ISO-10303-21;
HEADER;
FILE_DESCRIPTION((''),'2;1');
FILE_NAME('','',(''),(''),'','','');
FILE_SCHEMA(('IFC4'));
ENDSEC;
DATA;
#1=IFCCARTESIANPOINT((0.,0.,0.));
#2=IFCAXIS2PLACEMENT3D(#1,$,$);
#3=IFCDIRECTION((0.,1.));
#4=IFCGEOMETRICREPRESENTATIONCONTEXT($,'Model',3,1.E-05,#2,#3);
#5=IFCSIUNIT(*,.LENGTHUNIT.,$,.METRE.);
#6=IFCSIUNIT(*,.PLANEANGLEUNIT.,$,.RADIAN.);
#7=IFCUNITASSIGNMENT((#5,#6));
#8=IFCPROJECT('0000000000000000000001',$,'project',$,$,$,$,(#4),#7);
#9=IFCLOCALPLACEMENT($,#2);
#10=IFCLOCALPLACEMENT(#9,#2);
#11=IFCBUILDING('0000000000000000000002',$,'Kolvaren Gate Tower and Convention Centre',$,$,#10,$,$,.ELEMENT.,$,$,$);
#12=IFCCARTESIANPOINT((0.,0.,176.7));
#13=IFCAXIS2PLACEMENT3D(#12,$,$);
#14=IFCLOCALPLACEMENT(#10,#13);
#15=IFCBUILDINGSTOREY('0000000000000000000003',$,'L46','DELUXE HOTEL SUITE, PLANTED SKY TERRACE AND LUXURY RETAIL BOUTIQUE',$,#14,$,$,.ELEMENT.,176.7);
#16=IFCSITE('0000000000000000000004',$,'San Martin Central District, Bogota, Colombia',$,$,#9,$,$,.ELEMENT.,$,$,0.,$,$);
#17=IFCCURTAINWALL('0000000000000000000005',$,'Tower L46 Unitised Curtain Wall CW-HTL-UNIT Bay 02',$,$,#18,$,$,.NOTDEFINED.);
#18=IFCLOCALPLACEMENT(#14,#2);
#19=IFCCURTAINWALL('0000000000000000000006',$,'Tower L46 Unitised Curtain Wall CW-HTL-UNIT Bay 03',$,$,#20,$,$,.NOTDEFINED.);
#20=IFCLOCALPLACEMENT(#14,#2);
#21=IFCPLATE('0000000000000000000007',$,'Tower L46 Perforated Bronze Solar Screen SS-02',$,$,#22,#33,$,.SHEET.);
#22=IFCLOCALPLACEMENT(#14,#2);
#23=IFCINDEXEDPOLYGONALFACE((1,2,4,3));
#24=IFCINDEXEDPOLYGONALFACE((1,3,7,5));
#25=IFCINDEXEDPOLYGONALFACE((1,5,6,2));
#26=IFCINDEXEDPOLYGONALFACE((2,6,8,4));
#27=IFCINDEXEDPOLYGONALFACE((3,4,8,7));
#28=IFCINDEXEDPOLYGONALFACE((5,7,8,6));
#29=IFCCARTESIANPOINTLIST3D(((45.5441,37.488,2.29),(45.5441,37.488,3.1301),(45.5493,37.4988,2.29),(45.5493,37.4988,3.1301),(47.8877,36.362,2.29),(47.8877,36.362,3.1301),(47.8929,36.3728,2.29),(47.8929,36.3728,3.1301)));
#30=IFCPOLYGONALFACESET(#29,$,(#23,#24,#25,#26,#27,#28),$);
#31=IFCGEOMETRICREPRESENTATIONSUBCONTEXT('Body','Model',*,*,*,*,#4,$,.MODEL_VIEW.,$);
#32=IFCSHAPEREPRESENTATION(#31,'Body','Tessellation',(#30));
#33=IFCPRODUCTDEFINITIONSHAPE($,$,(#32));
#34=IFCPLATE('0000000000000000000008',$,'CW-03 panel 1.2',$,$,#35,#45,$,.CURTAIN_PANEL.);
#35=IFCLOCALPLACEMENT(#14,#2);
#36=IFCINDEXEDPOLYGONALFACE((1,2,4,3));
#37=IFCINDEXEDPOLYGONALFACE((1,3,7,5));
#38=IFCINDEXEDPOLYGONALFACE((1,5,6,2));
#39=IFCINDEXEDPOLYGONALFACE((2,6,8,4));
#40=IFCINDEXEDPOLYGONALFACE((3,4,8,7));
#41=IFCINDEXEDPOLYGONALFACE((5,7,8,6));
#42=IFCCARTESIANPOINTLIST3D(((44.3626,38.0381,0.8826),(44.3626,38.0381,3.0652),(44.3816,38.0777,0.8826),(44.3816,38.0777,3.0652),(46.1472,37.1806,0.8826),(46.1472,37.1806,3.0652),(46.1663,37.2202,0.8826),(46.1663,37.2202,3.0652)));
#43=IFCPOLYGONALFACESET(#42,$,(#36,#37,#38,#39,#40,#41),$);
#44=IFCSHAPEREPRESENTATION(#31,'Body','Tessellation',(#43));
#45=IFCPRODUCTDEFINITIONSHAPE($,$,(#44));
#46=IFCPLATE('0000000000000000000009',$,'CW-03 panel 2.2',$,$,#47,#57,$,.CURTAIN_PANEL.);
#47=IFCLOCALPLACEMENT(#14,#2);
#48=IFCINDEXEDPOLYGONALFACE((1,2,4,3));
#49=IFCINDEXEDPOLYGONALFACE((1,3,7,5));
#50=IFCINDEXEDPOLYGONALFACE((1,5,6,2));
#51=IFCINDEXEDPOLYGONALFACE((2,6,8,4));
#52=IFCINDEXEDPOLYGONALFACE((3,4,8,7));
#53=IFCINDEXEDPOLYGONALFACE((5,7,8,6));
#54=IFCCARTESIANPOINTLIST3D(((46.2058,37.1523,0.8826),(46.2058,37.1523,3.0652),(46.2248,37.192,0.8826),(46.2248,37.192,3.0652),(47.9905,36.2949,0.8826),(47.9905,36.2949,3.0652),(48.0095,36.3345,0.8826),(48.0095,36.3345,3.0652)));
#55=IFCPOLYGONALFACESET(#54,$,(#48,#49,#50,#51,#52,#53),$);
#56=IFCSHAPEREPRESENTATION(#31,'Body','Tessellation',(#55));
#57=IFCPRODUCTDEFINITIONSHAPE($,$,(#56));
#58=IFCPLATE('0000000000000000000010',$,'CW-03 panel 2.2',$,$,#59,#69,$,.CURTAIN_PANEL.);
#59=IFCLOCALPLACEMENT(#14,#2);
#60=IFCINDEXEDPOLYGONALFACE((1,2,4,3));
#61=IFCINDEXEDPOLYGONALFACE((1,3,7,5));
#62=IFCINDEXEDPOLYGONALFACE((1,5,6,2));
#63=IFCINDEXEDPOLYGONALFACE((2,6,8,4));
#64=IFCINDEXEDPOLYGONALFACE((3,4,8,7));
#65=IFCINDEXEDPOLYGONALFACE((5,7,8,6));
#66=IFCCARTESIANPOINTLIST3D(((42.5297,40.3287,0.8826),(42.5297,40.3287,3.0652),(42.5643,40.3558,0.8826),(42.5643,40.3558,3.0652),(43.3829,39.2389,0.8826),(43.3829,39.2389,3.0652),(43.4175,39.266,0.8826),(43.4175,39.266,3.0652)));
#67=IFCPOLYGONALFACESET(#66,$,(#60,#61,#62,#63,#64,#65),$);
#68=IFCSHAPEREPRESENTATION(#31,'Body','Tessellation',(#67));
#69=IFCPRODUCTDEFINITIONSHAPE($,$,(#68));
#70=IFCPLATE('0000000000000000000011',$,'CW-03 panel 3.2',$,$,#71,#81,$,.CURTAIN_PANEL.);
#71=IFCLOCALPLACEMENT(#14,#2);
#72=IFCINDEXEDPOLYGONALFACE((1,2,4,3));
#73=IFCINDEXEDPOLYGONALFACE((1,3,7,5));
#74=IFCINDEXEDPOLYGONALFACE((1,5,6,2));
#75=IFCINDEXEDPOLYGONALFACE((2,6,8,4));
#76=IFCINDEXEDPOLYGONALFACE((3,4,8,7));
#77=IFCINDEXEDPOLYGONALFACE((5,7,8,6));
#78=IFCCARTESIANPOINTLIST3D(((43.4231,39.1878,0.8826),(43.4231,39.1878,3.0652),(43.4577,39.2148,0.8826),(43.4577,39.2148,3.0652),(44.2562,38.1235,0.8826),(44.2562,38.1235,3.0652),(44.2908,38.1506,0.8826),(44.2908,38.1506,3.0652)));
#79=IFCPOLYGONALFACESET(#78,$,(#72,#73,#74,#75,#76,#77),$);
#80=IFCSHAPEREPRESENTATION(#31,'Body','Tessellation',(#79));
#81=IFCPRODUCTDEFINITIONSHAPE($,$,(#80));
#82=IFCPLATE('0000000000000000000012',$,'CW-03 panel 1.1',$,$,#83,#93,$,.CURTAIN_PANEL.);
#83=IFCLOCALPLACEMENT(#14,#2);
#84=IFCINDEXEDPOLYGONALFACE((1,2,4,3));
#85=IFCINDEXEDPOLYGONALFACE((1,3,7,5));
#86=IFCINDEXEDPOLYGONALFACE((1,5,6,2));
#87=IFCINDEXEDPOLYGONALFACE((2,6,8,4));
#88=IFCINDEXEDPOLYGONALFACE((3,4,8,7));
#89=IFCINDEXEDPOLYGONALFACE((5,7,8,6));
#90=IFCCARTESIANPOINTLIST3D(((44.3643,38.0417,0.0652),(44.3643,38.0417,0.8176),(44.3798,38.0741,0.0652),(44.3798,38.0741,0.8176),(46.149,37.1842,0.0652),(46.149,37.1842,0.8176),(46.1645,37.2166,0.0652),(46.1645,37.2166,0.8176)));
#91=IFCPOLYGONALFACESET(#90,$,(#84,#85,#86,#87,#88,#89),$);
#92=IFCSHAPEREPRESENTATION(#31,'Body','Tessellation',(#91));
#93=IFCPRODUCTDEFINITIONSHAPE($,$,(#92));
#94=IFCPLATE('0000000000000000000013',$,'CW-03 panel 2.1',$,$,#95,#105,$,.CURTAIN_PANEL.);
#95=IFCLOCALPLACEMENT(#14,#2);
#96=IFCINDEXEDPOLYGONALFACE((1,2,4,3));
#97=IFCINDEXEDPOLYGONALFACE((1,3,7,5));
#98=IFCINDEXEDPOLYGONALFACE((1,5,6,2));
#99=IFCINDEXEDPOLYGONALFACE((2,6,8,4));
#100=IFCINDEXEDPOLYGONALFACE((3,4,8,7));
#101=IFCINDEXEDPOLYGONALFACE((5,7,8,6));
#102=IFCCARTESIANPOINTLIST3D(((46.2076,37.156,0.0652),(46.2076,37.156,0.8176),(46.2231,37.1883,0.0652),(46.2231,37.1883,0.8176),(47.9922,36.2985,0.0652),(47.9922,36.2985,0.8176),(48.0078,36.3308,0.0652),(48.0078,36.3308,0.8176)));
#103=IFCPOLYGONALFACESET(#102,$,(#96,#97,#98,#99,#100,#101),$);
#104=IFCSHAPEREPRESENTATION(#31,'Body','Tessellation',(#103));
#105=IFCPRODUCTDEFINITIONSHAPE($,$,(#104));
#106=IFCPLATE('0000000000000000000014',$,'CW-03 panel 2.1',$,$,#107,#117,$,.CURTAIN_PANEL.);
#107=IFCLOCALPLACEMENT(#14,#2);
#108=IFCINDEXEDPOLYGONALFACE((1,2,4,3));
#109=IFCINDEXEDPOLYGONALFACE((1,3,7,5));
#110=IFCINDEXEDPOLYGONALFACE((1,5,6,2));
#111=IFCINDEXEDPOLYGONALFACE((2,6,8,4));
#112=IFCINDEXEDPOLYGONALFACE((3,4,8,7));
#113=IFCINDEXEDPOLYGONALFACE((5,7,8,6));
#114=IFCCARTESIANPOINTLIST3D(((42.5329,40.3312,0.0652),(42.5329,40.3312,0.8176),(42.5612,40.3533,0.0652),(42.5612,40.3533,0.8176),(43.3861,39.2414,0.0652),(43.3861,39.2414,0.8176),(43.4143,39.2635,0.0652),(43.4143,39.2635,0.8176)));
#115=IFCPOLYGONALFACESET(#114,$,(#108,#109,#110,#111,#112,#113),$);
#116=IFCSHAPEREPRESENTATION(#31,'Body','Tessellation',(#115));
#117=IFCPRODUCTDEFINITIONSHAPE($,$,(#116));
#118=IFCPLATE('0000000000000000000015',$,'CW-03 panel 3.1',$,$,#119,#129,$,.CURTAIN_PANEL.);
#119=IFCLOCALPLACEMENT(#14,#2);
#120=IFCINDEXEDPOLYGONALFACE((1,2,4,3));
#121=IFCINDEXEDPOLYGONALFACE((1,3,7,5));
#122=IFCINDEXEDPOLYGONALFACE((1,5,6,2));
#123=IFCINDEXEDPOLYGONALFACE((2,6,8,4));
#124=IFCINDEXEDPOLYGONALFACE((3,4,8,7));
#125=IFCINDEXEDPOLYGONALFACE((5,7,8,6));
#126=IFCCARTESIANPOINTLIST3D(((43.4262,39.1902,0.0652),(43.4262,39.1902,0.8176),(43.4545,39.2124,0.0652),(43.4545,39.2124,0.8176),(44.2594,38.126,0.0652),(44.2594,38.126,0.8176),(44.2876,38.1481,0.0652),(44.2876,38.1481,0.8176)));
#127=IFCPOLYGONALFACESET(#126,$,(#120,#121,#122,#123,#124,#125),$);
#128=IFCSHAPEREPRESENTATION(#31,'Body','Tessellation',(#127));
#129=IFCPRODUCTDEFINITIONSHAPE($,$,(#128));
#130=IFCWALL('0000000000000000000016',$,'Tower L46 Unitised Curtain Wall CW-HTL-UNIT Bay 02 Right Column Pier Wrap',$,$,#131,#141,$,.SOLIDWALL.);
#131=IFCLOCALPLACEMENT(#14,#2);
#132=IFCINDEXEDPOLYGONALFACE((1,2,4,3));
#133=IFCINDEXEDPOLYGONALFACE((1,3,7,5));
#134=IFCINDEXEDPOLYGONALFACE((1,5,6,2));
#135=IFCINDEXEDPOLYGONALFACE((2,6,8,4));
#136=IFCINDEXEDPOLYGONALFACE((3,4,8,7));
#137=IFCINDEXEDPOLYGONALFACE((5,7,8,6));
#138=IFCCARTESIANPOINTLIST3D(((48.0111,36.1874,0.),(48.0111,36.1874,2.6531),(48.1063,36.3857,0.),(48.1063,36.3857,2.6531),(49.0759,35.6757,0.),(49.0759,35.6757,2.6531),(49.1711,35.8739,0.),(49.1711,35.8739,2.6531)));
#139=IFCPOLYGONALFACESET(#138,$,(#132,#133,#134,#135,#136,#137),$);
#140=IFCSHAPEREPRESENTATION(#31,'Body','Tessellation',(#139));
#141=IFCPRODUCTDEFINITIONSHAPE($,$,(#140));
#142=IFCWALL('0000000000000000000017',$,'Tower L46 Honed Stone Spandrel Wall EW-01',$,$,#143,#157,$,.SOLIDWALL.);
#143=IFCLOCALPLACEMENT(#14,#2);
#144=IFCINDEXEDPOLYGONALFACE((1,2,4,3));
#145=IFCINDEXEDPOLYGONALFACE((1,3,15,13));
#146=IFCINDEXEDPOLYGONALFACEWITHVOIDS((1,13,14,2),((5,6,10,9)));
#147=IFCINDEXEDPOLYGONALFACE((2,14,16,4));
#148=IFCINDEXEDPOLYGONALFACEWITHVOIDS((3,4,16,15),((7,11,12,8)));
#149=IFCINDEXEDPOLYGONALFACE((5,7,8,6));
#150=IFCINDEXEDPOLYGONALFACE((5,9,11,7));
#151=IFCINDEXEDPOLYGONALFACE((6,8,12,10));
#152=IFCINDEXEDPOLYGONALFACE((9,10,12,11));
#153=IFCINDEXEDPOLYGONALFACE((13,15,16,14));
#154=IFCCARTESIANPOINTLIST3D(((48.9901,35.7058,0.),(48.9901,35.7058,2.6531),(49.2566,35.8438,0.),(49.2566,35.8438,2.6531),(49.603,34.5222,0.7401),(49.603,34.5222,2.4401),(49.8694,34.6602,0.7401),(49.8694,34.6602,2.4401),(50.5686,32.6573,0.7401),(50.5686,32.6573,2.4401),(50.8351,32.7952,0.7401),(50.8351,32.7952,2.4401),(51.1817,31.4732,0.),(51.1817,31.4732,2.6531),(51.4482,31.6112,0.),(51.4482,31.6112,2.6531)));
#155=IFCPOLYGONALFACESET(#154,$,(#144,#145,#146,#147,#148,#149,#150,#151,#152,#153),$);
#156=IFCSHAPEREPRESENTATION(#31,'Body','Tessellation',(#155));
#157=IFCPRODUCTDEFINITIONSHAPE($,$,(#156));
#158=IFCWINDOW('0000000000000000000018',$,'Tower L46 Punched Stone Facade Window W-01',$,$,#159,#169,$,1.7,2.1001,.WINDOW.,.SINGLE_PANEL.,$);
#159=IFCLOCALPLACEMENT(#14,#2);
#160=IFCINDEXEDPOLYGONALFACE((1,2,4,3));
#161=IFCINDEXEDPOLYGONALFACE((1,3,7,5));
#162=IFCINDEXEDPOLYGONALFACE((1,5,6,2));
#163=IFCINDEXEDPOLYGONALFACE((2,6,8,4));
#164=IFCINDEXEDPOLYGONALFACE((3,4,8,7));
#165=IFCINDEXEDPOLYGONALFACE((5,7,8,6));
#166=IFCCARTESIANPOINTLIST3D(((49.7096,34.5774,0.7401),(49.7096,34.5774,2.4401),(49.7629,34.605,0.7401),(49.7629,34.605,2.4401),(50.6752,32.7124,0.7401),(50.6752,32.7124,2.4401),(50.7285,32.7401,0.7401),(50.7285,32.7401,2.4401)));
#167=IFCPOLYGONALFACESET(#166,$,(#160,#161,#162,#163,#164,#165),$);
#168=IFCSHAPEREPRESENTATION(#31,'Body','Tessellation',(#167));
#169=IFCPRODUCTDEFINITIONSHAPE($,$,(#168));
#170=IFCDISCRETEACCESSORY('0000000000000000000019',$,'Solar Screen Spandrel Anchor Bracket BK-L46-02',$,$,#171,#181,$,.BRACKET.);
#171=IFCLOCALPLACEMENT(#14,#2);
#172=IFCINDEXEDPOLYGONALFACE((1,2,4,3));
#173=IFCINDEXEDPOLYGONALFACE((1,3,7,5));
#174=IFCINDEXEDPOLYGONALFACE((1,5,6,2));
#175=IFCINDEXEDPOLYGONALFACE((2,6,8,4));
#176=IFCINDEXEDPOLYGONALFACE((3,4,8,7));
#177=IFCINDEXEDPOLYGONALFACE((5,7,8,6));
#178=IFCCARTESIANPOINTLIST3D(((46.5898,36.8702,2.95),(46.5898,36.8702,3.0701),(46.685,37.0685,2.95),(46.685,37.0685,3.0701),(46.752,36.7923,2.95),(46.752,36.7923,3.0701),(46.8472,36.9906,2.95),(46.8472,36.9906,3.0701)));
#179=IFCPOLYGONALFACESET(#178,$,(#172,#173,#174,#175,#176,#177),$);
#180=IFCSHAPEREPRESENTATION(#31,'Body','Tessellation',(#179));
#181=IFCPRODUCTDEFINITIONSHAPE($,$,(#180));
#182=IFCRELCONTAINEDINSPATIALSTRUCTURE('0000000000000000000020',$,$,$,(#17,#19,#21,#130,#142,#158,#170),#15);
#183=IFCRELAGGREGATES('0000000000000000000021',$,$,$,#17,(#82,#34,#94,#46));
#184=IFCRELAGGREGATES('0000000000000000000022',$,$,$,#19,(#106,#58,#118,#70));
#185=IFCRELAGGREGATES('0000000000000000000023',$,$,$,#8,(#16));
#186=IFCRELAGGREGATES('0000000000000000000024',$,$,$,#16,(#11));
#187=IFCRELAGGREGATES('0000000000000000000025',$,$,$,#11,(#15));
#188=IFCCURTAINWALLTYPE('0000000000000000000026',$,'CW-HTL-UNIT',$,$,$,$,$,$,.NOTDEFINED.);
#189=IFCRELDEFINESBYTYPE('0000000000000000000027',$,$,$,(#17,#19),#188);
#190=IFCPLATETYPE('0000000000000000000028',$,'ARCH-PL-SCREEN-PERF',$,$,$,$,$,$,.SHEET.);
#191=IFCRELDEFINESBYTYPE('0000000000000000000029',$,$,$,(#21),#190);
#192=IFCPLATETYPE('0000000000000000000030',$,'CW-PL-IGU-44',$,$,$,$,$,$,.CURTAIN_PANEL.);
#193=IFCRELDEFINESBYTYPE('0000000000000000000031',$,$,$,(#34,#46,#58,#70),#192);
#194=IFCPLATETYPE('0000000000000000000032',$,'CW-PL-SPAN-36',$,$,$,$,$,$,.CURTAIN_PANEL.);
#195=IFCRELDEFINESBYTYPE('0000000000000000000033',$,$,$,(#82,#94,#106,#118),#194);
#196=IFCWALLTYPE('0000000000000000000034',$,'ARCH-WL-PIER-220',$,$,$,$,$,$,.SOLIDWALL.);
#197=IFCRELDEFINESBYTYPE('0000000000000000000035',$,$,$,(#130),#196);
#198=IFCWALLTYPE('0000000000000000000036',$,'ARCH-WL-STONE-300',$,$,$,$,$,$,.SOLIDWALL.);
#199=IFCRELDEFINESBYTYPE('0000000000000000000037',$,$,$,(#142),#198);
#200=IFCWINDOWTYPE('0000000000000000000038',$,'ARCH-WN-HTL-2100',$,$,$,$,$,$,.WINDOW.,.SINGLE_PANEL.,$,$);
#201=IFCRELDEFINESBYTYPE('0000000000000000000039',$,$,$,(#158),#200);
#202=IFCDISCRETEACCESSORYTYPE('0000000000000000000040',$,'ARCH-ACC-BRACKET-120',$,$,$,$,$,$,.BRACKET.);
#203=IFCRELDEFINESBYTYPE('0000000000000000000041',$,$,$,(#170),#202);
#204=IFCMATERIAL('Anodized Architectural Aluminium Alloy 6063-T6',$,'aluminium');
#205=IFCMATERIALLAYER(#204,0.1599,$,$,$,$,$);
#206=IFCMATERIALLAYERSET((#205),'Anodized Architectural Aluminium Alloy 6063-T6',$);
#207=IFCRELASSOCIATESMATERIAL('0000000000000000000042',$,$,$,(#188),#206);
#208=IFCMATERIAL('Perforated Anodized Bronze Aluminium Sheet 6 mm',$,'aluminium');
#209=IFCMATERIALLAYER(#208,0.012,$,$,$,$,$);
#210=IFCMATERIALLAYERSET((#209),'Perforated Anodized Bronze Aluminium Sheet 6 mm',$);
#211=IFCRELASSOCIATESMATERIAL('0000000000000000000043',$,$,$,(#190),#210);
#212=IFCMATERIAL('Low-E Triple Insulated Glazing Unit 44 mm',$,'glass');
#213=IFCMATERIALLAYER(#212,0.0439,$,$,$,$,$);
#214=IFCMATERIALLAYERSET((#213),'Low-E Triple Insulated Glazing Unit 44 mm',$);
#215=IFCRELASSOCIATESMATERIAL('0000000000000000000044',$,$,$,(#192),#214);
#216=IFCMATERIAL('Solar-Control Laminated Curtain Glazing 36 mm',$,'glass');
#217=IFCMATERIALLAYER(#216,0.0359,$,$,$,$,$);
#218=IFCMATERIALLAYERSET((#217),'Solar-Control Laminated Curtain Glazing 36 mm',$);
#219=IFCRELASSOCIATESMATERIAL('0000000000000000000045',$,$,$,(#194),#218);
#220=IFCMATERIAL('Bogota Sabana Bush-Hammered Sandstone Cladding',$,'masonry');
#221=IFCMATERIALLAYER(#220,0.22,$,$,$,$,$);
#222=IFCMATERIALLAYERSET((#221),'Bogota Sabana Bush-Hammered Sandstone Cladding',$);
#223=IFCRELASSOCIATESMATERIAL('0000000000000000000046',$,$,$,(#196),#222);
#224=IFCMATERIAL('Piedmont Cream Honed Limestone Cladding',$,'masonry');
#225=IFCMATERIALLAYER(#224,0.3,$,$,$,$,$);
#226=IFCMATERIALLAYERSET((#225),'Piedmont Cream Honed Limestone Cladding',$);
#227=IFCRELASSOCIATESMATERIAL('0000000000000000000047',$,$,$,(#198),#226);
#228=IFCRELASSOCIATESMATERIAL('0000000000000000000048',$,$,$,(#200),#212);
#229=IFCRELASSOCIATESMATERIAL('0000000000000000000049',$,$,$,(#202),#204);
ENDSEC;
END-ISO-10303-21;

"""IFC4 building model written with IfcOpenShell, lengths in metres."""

from ifc_helpers import new_model, si_unit, direction, frame, frame_2d, origin, origin_2d, place, context, subcontext, project, spatial, rectangle, extrude, material, layer, layer_set, type_object, element, fill, aggregate, save


model = new_model("IFC4")

# Units and contexts
model_context = context("Model", 3, precision=1e-05, world=origin(), true_north=direction((0.0, 1.0)))
body_context = subcontext(model_context, "Body", "Model", "MODEL_VIEW")
ifc_project = project(units=[si_unit("LENGTHUNIT", "METRE"), si_unit("PLANEANGLEUNIT", "RADIAN")], contexts=[model_context])

# Site, building, storey
site_placement = place(None, origin())
site = spatial("IfcSite", under=ifc_project, at=site_placement, Name="San Martin Central District, Bogota, Colombia", CompositionType="ELEMENT", RefElevation=0.0)
building_placement = place(site_placement, origin())
building = spatial("IfcBuilding", under=site, at=building_placement, Name="Kolvaren Gate Tower and Convention Centre", CompositionType="ELEMENT")
storey_placement = place(building_placement, frame((0.0, 0.0, 176.7)))
storey = spatial("IfcBuildingStorey", under=building, at=storey_placement, Name="L46", Description="DELUXE HOTEL SUITE, PLANTED SKY TERRACE AND LUXURY RETAIL BOUTIQUE", CompositionType="ELEMENT", Elevation=176.7)

# Curtain walls
ifc_material_1 = material(Name="Anodized Architectural Aluminium Alloy 6063-T6", Category="aluminium")
ifc_layer_1 = layer(ifc_material_1, 0.1599)
ifc_layer_set_1 = layer_set([ifc_layer_1], Name="Anodized Architectural Aluminium Alloy 6063-T6")
curtain_wall_type = type_object("IfcCurtainWallType", Name="CW-HTL-UNIT", PredefinedType="NOTDEFINED", material=ifc_layer_set_1)
curtain_wall_1_placement = place(storey_placement, origin())
curtain_wall_1 = element("IfcCurtainWall", 1, at=curtain_wall_1_placement, inside=storey, type_object=curtain_wall_type, Name="Tower L46 Unitised Curtain Wall CW-HTL-UNIT Bay 02", PredefinedType="NOTDEFINED")
curtain_wall_2_placement = place(storey_placement, origin())
curtain_wall_2 = element("IfcCurtainWall", 2, at=curtain_wall_2_placement, inside=storey, type_object=curtain_wall_type, Name="Tower L46 Unitised Curtain Wall CW-HTL-UNIT Bay 03", PredefinedType="NOTDEFINED")

# Plates
ifc_material_2 = material(Name="Perforated Anodized Bronze Aluminium Sheet 6 mm", Category="aluminium")
ifc_layer_2 = layer(ifc_material_2, 0.012)
ifc_layer_set_2 = layer_set([ifc_layer_2], Name="Perforated Anodized Bronze Aluminium Sheet 6 mm")
plate_type_1 = type_object("IfcPlateType", Name="ARCH-PL-SCREEN-PERF", PredefinedType="SHEET", material=ifc_layer_set_2)
plate_1_placement = place(storey_placement, frame((46.7185, 36.9304, 2.29), z_axis=(0.0, 0.0, 1.0), x_axis=(0.901358, -0.433074, 0.0)))
element("IfcPlate", 3, at=plate_1_placement, inside=storey, type_object=plate_type_1, Name="Tower L46 Perforated Bronze Solar Screen SS-02", PredefinedType="SHEET", context=body_context, shape_type="SweptSolid", body=[
    extrude(rectangle(XDim=2.6001, YDim=0.012, at=origin_2d()), origin(), (0.0, 0.0, 1.0), 0.8401),
])
ifc_material_3 = material(Name="Low-E Triple Insulated Glazing Unit 44 mm", Category="glass")
ifc_layer_3 = layer(ifc_material_3, 0.0439)
ifc_layer_set_3 = layer_set([ifc_layer_3], Name="Low-E Triple Insulated Glazing Unit 44 mm")
plate_type_2 = type_object("IfcPlateType", Name="CW-PL-IGU-44", PredefinedType="CURTAIN_PANEL", material=ifc_layer_set_3)
plate_2_placement = place(storey_placement, frame((45.2644, 37.6292, 0.8826), z_axis=(0.0, 0.0, 1.0), x_axis=(0.901358, -0.433074, 0.0)))
plate_2 = element("IfcPlate", 4, at=plate_2_placement, type_object=plate_type_2, Name="CW-03 panel 1.2", PredefinedType="CURTAIN_PANEL", context=body_context, shape_type="SweptSolid", body=[
    extrude(rectangle(XDim=1.98, YDim=0.0439, at=origin_2d()), origin(), (0.0, 0.0, 1.0), 2.1826),
])
plate_3_placement = place(storey_placement, frame((47.1077, 36.7434, 0.8826), z_axis=(0.0, 0.0, 1.0), x_axis=(0.901358, -0.433074, 0.0)))
plate_3 = element("IfcPlate", 5, at=plate_3_placement, type_object=plate_type_2, Name="CW-03 panel 2.2", PredefinedType="CURTAIN_PANEL", context=body_context, shape_type="SweptSolid", body=[
    extrude(rectangle(XDim=1.98, YDim=0.0439, at=origin_2d()), origin(), (0.0, 0.0, 1.0), 2.1826),
])
plate_4_placement = place(storey_placement, frame((42.9736, 39.7974, 0.8826), z_axis=(0.0, 0.0, 1.0), x_axis=(0.616438, -0.787404, 0.0)))
plate_4 = element("IfcPlate", 6, at=plate_4_placement, type_object=plate_type_2, Name="CW-03 panel 2.2", PredefinedType="CURTAIN_PANEL", context=body_context, shape_type="SweptSolid", body=[
    extrude(rectangle(XDim=1.384, YDim=0.0439, at=origin_2d()), origin(), (0.0, 0.0, 1.0), 2.1826),
])
plate_5_placement = place(storey_placement, frame((43.8569, 38.6692, 0.8826), z_axis=(0.0, 0.0, 1.0), x_axis=(0.616438, -0.787404, 0.0)))
plate_5 = element("IfcPlate", 7, at=plate_5_placement, type_object=plate_type_2, Name="CW-03 panel 3.2", PredefinedType="CURTAIN_PANEL", context=body_context, shape_type="SweptSolid", body=[
    extrude(rectangle(XDim=1.3516, YDim=0.0439, at=origin_2d()), origin(), (0.0, 0.0, 1.0), 2.1826),
])
ifc_material_4 = material(Name="Solar-Control Laminated Curtain Glazing 36 mm", Category="glass")
ifc_layer_4 = layer(ifc_material_4, 0.0359)
ifc_layer_set_4 = layer_set([ifc_layer_4], Name="Solar-Control Laminated Curtain Glazing 36 mm")
plate_type_3 = type_object("IfcPlateType", Name="CW-PL-SPAN-36", PredefinedType="CURTAIN_PANEL", material=ifc_layer_set_4)
plate_6_placement = place(storey_placement, frame((45.2644, 37.6292, 0.0652), z_axis=(0.0, 0.0, 1.0), x_axis=(0.901358, -0.433074, 0.0)))
plate_6 = element("IfcPlate", 8, at=plate_6_placement, type_object=plate_type_3, Name="CW-03 panel 1.1", PredefinedType="CURTAIN_PANEL", context=body_context, shape_type="SweptSolid", body=[
    extrude(rectangle(XDim=1.98, YDim=0.0359, at=origin_2d()), origin(), (0.0, 0.0, 1.0), 0.7524),
])
plate_7_placement = place(storey_placement, frame((47.1077, 36.7434, 0.0652), z_axis=(0.0, 0.0, 1.0), x_axis=(0.901358, -0.433074, 0.0)))
plate_7 = element("IfcPlate", 9, at=plate_7_placement, type_object=plate_type_3, Name="CW-03 panel 2.1", PredefinedType="CURTAIN_PANEL", context=body_context, shape_type="SweptSolid", body=[
    extrude(rectangle(XDim=1.98, YDim=0.0359, at=origin_2d()), origin(), (0.0, 0.0, 1.0), 0.7524),
])
aggregate(curtain_wall_1, [plate_6, plate_2, plate_7, plate_3])
plate_8_placement = place(storey_placement, frame((42.9736, 39.7974, 0.0652), z_axis=(0.0, 0.0, 1.0), x_axis=(0.616438, -0.787404, 0.0)))
plate_8 = element("IfcPlate", 10, at=plate_8_placement, type_object=plate_type_3, Name="CW-03 panel 2.1", PredefinedType="CURTAIN_PANEL", context=body_context, shape_type="SweptSolid", body=[
    extrude(rectangle(XDim=1.384, YDim=0.0359, at=origin_2d()), origin(), (0.0, 0.0, 1.0), 0.7524),
])
plate_9_placement = place(storey_placement, frame((43.8569, 38.6692, 0.0652), z_axis=(0.0, 0.0, 1.0), x_axis=(0.616438, -0.787404, 0.0)))
plate_9 = element("IfcPlate", 11, at=plate_9_placement, type_object=plate_type_3, Name="CW-03 panel 3.1", PredefinedType="CURTAIN_PANEL", context=body_context, shape_type="SweptSolid", body=[
    extrude(rectangle(XDim=1.3516, YDim=0.0359, at=origin_2d()), origin(), (0.0, 0.0, 1.0), 0.7524),
])
aggregate(curtain_wall_2, [plate_8, plate_4, plate_9, plate_5])

# Wall
ifc_material_5 = material(Name="Bogota Sabana Bush-Hammered Sandstone Cladding", Category="masonry")
ifc_layer_5 = layer(ifc_material_5, 0.22)
ifc_layer_set_5 = layer_set([ifc_layer_5], Name="Bogota Sabana Bush-Hammered Sandstone Cladding")
wall_type_1 = type_object("IfcWallType", Name="ARCH-WL-PIER-220", PredefinedType="SOLIDWALL", material=ifc_layer_set_5)
wall_1_placement = place(storey_placement, frame((48.0586, 36.2866, 0.0), z_axis=(0.0, 0.0, 1.0), x_axis=(0.901304, -0.433188, 0.0)))
element("IfcWall", 12, at=wall_1_placement, inside=storey, type_object=wall_type_1, Name="Tower L46 Unitised Curtain Wall CW-HTL-UNIT Bay 02 Right Column Pier Wrap", PredefinedType="SOLIDWALL", context=body_context, shape_type="SweptSolid", body=[
    extrude(rectangle(XDim=1.1814, YDim=0.22, at=frame_2d((0.5908, 0.0))), origin(), (0.0, 0.0, 1.0), 2.6531),
])

# Wall, opening, window
ifc_material_6 = material(Name="Piedmont Cream Honed Limestone Cladding", Category="masonry")
ifc_layer_6 = layer(ifc_material_6, 0.3)
ifc_layer_set_6 = layer_set([ifc_layer_6], Name="Piedmont Cream Honed Limestone Cladding")
wall_type_2 = type_object("IfcWallType", Name="ARCH-WL-STONE-300", PredefinedType="SOLIDWALL", material=ifc_layer_set_6)
wall_2_placement = place(storey_placement, frame((49.1233, 35.7749, 0.0), z_axis=(0.0, 0.0, 1.0), x_axis=(0.45981, -0.888017, 0.0)))
wall_2 = element("IfcWall", 13, at=wall_2_placement, inside=storey, type_object=wall_type_2, Name="Tower L46 Honed Stone Spandrel Wall EW-01", PredefinedType="SOLIDWALL", context=body_context, shape_type="SweptSolid", body=[
    extrude(rectangle(XDim=4.7664, YDim=0.3, at=frame_2d((2.3833, 0.0))), origin(), (0.0, 0.0, 1.0), 2.6531),
])
opening_placement = place(wall_2_placement, frame((1.333, 0.0, 0.74)))
opening = element("IfcOpeningElement", 14, at=opening_placement, cuts=wall_2, PredefinedType="OPENING", context=body_context, shape_type="SweptSolid", body=[
    extrude(rectangle(XDim=2.1001, YDim=1.7, at=frame_2d((1.05, 0.8501))), frame((0.0, 0.1599, 0.0), z_axis=(0.0, -1.0, 0.0), x_axis=(1.0, 0.0, 0.0)), (0.0, 0.0, 1.0), 0.3201),
])
window_type = type_object("IfcWindowType", Name="ARCH-WN-HTL-2100", PartitioningType="SINGLE_PANEL", PredefinedType="WINDOW", material=ifc_material_3)
window_placement = place(opening_placement, origin())
window = element("IfcWindow", 15, at=window_placement, inside=storey, type_object=window_type, Name="Tower L46 Punched Stone Facade Window W-01", OverallHeight=1.7, OverallWidth=2.1001, PartitioningType="SINGLE_PANEL", PredefinedType="WINDOW", context=body_context, shape_type="SweptSolid", body=[
    extrude(rectangle(XDim=2.1001, YDim=1.7, at=frame_2d((1.05, 0.8501))), frame((0.0, 0.03, 0.0), z_axis=(0.0, -1.0, 0.0), x_axis=(1.0, 0.0, 0.0)), (0.0, 0.0, 1.0), 0.0601),
])
fill(opening, window)

# Discrete accessory
discrete_accessory_type = type_object("IfcDiscreteAccessoryType", Name="ARCH-ACC-BRACKET-120", PredefinedType="BRACKET", material=ifc_material_1)
discrete_accessory_placement = place(storey_placement, frame((46.7185, 36.9304, 2.95), z_axis=(0.0, 0.0, 1.0), x_axis=(0.901358, -0.433074, 0.0)))
element("IfcDiscreteAccessory", 16, at=discrete_accessory_placement, inside=storey, type_object=discrete_accessory_type, Name="Solar Screen Spandrel Anchor Bracket BK-L46-02", PredefinedType="BRACKET", context=body_context, shape_type="SweptSolid", body=[
    extrude(rectangle(XDim=0.1799, YDim=0.22, at=origin_2d()), origin(), (0.0, 0.0, 1.0), 0.1201),
])

save(model, "model.ifc")
